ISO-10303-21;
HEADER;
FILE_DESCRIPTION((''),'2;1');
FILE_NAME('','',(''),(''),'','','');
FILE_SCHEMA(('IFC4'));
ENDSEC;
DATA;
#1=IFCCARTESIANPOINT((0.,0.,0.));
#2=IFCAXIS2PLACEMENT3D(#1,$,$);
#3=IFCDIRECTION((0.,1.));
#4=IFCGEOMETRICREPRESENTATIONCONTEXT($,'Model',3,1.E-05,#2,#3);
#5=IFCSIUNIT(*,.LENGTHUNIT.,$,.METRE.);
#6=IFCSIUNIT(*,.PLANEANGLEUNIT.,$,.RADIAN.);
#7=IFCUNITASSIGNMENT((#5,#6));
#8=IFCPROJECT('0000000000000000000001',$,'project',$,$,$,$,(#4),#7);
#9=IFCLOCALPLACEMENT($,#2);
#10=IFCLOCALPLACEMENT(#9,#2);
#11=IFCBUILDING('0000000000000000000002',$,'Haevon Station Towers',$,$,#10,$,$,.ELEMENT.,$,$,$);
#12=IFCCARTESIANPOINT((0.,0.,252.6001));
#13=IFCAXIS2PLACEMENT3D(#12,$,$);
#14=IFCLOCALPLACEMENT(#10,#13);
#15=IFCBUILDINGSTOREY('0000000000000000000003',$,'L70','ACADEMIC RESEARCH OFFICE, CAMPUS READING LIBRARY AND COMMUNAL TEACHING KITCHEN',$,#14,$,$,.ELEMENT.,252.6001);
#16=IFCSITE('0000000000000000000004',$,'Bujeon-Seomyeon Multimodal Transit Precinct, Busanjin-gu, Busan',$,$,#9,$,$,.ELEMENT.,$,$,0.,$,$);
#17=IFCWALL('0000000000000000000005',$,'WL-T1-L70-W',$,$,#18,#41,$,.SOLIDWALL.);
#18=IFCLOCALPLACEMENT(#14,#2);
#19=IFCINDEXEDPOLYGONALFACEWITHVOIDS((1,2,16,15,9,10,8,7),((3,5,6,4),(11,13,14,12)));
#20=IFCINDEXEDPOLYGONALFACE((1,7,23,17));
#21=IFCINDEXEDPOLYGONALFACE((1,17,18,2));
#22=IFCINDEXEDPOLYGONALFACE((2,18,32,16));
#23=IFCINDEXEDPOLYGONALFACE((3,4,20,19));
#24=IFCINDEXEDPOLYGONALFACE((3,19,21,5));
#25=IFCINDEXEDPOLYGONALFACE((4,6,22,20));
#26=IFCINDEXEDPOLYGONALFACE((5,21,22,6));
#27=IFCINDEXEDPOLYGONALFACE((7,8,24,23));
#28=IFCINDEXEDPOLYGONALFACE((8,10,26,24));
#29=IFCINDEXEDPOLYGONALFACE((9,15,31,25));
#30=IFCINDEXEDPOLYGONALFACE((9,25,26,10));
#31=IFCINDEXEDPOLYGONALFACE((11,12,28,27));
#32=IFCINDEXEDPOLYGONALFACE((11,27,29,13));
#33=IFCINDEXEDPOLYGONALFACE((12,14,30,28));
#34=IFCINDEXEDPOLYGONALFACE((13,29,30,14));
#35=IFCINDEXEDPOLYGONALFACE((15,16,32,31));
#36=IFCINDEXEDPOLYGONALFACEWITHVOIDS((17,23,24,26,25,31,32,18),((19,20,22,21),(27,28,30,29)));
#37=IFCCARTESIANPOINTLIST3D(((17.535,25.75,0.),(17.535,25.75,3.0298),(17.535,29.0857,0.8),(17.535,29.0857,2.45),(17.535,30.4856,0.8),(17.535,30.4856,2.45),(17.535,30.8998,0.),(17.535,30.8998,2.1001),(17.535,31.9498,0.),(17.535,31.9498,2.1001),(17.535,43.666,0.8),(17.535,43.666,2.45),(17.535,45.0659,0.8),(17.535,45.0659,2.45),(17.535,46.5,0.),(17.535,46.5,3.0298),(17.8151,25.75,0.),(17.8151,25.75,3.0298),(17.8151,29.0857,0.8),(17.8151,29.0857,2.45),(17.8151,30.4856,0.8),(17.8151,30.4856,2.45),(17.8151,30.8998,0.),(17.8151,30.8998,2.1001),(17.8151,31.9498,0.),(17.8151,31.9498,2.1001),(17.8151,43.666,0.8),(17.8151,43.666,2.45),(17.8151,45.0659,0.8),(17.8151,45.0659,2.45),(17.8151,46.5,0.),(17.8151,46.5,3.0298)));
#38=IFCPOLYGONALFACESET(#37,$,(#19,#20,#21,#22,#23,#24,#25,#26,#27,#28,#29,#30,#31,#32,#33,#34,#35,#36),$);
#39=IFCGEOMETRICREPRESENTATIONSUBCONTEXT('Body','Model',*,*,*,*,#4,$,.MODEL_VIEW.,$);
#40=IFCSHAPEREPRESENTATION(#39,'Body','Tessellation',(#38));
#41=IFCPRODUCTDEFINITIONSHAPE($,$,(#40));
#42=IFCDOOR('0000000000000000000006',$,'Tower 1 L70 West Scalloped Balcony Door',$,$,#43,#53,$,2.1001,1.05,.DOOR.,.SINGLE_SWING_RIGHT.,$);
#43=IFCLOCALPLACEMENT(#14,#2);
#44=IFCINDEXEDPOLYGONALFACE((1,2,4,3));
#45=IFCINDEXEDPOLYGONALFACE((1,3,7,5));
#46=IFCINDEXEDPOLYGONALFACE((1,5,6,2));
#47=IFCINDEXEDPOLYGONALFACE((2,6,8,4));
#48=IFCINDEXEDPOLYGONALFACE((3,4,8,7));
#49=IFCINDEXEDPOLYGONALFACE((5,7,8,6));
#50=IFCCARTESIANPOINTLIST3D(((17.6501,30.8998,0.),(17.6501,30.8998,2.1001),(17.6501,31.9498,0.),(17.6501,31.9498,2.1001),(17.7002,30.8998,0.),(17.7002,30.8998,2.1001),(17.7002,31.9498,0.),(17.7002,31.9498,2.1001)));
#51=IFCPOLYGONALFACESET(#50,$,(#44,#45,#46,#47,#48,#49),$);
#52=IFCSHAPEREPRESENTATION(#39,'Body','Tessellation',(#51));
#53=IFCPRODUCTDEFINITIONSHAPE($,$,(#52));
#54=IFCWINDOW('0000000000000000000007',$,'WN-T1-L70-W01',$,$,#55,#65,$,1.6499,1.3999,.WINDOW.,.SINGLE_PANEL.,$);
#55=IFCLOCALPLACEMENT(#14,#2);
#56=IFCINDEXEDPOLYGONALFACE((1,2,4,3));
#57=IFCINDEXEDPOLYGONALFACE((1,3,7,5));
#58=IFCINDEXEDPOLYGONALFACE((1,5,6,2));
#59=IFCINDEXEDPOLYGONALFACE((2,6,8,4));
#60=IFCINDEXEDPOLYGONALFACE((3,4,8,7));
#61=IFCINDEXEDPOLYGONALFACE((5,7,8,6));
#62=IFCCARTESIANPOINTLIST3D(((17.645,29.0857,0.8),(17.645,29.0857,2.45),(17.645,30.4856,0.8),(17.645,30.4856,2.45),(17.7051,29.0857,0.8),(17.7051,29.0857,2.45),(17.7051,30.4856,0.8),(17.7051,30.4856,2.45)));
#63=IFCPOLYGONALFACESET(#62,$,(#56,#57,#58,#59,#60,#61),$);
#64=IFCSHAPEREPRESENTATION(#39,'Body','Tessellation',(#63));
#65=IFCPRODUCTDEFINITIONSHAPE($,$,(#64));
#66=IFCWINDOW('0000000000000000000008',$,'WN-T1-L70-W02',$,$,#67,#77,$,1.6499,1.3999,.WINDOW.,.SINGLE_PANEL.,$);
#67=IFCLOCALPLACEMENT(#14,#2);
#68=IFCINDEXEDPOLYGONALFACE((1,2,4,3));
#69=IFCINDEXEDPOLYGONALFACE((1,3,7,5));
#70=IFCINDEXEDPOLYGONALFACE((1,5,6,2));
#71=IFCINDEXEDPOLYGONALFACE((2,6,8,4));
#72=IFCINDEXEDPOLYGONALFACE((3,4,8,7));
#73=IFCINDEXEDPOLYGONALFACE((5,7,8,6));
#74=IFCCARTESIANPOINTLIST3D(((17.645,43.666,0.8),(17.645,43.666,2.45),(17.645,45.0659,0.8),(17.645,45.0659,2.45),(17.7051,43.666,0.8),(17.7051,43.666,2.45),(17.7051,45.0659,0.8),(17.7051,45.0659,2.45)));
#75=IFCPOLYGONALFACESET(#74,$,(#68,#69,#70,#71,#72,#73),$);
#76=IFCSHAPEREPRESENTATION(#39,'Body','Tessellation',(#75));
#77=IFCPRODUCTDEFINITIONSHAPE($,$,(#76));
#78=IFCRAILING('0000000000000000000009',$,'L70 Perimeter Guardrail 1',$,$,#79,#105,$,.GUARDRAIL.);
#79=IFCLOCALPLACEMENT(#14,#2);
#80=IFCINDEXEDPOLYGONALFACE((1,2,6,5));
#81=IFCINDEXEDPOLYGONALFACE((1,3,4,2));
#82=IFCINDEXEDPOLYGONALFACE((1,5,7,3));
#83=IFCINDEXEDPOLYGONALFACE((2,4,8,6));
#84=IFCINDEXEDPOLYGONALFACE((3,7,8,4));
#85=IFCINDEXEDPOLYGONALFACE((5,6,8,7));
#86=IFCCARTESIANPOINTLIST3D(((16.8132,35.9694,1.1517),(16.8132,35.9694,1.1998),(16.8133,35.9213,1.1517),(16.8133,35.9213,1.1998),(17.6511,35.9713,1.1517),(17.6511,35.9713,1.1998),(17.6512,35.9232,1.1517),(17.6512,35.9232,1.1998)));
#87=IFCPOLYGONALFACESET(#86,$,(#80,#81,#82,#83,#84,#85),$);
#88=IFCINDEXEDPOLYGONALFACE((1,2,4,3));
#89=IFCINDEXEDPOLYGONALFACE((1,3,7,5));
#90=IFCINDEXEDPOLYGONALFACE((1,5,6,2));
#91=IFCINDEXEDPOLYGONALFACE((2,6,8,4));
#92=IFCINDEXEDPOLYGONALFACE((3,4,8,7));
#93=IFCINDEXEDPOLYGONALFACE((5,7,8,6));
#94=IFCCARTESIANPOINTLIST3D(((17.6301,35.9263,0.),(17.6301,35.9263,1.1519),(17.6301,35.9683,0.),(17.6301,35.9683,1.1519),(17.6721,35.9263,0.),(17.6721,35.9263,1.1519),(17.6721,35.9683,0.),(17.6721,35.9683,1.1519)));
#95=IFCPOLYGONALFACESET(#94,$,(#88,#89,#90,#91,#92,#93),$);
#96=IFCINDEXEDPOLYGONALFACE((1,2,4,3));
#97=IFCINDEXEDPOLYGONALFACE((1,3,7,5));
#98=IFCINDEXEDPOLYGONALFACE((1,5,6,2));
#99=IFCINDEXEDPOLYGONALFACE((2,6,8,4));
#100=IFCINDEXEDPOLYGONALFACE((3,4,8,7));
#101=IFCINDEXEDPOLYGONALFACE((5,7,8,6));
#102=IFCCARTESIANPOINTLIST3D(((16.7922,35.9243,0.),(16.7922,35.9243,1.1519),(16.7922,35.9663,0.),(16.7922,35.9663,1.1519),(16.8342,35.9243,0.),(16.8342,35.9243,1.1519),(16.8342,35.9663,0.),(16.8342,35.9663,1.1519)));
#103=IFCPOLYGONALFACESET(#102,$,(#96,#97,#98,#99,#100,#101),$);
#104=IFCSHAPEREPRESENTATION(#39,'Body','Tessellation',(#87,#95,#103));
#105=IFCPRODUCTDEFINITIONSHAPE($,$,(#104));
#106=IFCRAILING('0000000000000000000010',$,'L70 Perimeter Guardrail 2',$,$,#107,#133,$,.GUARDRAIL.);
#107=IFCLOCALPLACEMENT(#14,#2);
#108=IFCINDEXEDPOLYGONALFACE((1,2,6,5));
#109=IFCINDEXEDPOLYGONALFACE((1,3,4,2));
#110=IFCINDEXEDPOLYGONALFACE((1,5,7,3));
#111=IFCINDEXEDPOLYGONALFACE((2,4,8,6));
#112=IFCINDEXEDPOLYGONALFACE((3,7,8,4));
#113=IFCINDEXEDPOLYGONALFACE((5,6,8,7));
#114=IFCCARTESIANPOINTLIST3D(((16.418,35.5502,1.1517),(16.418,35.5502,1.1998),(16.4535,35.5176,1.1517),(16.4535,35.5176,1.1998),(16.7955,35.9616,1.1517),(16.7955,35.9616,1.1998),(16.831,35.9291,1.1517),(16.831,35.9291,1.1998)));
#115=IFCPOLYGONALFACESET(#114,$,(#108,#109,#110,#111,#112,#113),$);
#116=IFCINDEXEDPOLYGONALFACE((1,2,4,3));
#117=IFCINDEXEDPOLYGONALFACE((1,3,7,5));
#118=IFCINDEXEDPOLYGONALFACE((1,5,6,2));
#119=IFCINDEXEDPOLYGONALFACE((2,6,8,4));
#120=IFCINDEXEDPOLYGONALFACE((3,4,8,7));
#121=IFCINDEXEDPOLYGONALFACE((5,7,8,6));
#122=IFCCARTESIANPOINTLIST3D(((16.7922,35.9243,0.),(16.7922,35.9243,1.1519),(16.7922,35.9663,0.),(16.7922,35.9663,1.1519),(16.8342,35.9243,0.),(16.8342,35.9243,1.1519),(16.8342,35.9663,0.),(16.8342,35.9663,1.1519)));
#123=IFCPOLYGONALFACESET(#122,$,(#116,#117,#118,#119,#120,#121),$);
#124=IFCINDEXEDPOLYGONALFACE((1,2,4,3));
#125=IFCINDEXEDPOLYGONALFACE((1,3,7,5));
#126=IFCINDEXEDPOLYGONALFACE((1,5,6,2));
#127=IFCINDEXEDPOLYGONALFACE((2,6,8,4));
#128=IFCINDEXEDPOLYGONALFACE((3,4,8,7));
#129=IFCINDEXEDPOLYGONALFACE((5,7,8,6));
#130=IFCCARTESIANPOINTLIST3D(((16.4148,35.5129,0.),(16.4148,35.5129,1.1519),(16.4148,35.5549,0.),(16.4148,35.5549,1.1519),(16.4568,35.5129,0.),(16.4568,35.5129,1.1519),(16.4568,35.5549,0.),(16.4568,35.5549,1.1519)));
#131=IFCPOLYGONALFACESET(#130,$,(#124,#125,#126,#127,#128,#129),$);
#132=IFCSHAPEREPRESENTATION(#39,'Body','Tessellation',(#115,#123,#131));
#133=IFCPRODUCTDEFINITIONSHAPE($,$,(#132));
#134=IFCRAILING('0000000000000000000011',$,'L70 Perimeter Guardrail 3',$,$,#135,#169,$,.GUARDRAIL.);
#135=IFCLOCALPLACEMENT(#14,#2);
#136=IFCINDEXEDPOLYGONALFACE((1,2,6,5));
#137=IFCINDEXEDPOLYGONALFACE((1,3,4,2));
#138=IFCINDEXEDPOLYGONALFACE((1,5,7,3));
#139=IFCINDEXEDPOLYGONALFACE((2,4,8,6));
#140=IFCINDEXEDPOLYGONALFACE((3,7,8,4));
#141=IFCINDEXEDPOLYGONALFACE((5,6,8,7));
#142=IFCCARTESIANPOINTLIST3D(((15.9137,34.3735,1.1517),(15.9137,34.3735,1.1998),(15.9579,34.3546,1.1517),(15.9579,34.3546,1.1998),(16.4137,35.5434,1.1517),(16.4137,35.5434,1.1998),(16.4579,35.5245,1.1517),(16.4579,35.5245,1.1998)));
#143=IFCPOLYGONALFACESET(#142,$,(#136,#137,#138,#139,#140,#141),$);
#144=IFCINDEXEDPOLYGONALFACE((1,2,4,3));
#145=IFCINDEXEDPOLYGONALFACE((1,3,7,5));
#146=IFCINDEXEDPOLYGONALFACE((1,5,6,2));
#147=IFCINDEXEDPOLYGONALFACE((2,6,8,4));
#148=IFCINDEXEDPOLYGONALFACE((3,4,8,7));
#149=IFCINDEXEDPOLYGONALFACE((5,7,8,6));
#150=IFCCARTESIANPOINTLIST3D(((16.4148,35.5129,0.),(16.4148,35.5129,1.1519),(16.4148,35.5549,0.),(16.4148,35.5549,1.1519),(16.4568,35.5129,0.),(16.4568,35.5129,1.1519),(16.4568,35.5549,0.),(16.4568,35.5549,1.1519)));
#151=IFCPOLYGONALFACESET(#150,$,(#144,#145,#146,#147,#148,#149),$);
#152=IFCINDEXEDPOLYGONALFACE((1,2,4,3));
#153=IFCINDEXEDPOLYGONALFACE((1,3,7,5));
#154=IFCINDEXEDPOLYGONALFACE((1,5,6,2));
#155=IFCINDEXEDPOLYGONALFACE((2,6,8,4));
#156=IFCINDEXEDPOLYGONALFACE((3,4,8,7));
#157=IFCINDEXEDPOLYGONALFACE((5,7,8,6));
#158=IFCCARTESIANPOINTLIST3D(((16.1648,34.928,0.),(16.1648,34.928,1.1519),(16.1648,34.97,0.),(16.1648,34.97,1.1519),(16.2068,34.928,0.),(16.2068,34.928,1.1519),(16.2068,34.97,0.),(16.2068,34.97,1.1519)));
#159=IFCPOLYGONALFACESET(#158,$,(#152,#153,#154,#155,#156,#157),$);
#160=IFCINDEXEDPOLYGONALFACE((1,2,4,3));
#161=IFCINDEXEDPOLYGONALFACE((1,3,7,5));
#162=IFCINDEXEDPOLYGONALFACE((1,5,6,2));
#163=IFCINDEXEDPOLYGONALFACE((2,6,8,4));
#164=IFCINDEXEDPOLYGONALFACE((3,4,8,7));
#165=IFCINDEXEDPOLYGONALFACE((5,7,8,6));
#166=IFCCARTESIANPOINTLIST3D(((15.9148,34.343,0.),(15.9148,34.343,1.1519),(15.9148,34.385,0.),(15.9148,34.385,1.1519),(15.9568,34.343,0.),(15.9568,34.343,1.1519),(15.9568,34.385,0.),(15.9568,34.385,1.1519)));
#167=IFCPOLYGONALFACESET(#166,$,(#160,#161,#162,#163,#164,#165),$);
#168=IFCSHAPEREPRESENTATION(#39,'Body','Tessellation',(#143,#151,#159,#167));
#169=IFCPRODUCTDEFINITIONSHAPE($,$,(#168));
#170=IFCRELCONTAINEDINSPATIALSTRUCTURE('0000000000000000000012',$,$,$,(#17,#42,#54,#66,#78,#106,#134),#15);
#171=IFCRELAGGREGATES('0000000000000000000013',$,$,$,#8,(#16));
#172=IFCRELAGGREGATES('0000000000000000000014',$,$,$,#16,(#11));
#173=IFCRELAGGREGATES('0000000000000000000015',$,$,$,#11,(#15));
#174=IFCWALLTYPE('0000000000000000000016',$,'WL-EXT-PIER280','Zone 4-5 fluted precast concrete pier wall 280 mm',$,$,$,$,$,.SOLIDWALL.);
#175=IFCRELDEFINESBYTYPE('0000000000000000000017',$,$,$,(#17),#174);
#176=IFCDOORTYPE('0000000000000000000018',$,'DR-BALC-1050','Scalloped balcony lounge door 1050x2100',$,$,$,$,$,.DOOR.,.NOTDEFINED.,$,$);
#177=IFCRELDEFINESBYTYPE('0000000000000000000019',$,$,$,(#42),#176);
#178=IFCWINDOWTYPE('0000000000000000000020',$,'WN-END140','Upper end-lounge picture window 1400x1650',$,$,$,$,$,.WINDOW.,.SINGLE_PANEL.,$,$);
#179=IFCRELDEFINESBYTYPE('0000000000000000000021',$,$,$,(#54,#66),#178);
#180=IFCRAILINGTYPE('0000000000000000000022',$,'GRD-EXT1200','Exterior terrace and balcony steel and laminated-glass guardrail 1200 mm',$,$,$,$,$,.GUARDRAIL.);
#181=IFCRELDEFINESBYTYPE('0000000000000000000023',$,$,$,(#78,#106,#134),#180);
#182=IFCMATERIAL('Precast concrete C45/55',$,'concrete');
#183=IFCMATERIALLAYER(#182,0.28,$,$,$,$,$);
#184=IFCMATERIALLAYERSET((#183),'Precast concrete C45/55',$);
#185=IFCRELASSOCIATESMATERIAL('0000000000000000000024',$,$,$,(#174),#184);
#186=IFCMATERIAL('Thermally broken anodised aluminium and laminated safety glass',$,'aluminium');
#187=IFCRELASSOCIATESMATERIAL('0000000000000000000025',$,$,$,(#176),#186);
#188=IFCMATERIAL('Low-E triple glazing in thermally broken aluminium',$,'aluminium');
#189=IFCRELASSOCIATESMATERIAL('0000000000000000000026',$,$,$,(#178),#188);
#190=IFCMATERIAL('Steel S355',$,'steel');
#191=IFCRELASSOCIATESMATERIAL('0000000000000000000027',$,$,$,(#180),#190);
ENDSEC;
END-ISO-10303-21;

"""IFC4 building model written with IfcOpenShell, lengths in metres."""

from ifc_helpers import new_model, si_unit, direction, frame, frame_2d, origin, origin_2d, place, context, subcontext, project, spatial, rectangle, extrude, material, layer, layer_set, type_object, element, fill, save


model = new_model("IFC4")

# Units and contexts
model_context = context("Model", 3, precision=1e-05, world=origin(), true_north=direction((0.0, 1.0)))
body_context = subcontext(model_context, "Body", "Model", "MODEL_VIEW")
ifc_project = project(units=[si_unit("LENGTHUNIT", "METRE"), si_unit("PLANEANGLEUNIT", "RADIAN")], contexts=[model_context])

# Site, building, storey
site_placement = place(None, origin())
site = spatial("IfcSite", under=ifc_project, at=site_placement, Name="Bujeon-Seomyeon Multimodal Transit Precinct, Busanjin-gu, Busan", CompositionType="ELEMENT", RefElevation=0.0)
building_placement = place(site_placement, origin())
building = spatial("IfcBuilding", under=site, at=building_placement, Name="Haevon Station Towers", CompositionType="ELEMENT")
storey_placement = place(building_placement, frame((0.0, 0.0, 252.6001)))
storey = spatial("IfcBuildingStorey", under=building, at=storey_placement, Name="L70", Description="ACADEMIC RESEARCH OFFICE, CAMPUS READING LIBRARY AND COMMUNAL TEACHING KITCHEN", CompositionType="ELEMENT", Elevation=252.6001)

# Shared definitions
ifc_material_1 = material(Name="Steel S355", Category="steel")

# Shared definitions
ifc_material_2 = material(Name="Precast concrete C45/55", Category="concrete")
ifc_layer_1 = layer(ifc_material_2, 0.28)
ifc_layer_set_1 = layer_set([ifc_layer_1], Name="Precast concrete C45/55")
wall_type = type_object("IfcWallType", Name="WL-EXT-PIER280", Description="Zone 4-5 fluted precast concrete pier wall 280 mm", PredefinedType="SOLIDWALL", material=ifc_layer_set_1)

# Wall, openings, door, windows
wall_1_placement = place(storey_placement, frame((17.675, 25.75, 0.0), z_axis=(0.0, 0.0, 1.0), x_axis=(0.0, 1.0, 0.0)))
wall_1 = element("IfcWall", 1, at=wall_1_placement, inside=storey, type_object=wall_type, Name="WL-T1-L70-W", PredefinedType="SOLIDWALL", context=body_context, shape_type="SweptSolid", body=[
    extrude(rectangle(XDim=20.75, YDim=0.28, at=frame_2d((10.375, 0.0))), origin(), (0.0, 0.0, 1.0), 3.0298),
])
opening_1_placement = place(wall_1_placement, frame((5.1499, 0.0, 0.0)))
opening_1 = element("IfcOpeningElement", 2, at=opening_1_placement, cuts=wall_1, PredefinedType="OPENING", context=body_context, shape_type="SweptSolid", body=[
    extrude(rectangle(XDim=1.05, YDim=2.1001, at=frame_2d((0.5249, 1.05))), frame((0.0, 0.1499, 0.0), z_axis=(0.0, -1.0, 0.0), x_axis=(1.0, 0.0, 0.0)), (0.0, 0.0, 1.0), 0.3),
])
opening_2_placement = place(wall_1_placement, frame((3.3357, 0.0, 0.8)))
opening_2 = element("IfcOpeningElement", 3, at=opening_2_placement, cuts=wall_1, PredefinedType="OPENING", context=body_context, shape_type="SweptSolid", body=[
    extrude(rectangle(XDim=1.3999, YDim=1.6499, at=frame_2d((0.7, 0.825))), frame((0.0, 0.1499, 0.0), z_axis=(0.0, -1.0, 0.0), x_axis=(1.0, 0.0, 0.0)), (0.0, 0.0, 1.0), 0.3),
])
opening_3_placement = place(wall_1_placement, frame((17.916, 0.0, 0.8)))
opening_3 = element("IfcOpeningElement", 4, at=opening_3_placement, cuts=wall_1, PredefinedType="OPENING", context=body_context, shape_type="SweptSolid", body=[
    extrude(rectangle(XDim=1.3999, YDim=1.6499, at=frame_2d((0.7, 0.825))), frame((0.0, 0.1499, 0.0), z_axis=(0.0, -1.0, 0.0), x_axis=(1.0, 0.0, 0.0)), (0.0, 0.0, 1.0), 0.3),
])
ifc_material_3 = material(Name="Thermally broken anodised aluminium and laminated safety glass", Category="aluminium")
door_type = type_object("IfcDoorType", Name="DR-BALC-1050", Description="Scalloped balcony lounge door 1050x2100", OperationType="NOTDEFINED", PredefinedType="DOOR", material=ifc_material_3)
door_placement = place(opening_1_placement, origin())
door = element("IfcDoor", 5, at=door_placement, inside=storey, type_object=door_type, Name="Tower 1 L70 West Scalloped Balcony Door", OperationType="SINGLE_SWING_RIGHT", OverallHeight=2.1001, OverallWidth=1.05, PredefinedType="DOOR", context=body_context, shape_type="SweptSolid", body=[
    extrude(rectangle(XDim=1.05, YDim=2.1001, at=frame_2d((0.5249, 1.05))), frame((0.0, 0.0249, 0.0), z_axis=(0.0, -1.0, 0.0), x_axis=(1.0, 0.0, 0.0)), (0.0, 0.0, 1.0), 0.05),
])
fill(opening_1, door)
ifc_material_4 = material(Name="Low-E triple glazing in thermally broken aluminium", Category="aluminium")
window_type = type_object("IfcWindowType", Name="WN-END140", Description="Upper end-lounge picture window 1400x1650", PartitioningType="SINGLE_PANEL", PredefinedType="WINDOW", material=ifc_material_4)
window_1_placement = place(opening_2_placement, origin())
window_1 = element("IfcWindow", 6, at=window_1_placement, inside=storey, type_object=window_type, Name="WN-T1-L70-W01", OverallHeight=1.6499, OverallWidth=1.3999, PartitioningType="SINGLE_PANEL", PredefinedType="WINDOW", context=body_context, shape_type="SweptSolid", body=[
    extrude(rectangle(XDim=1.3999, YDim=1.6499, at=frame_2d((0.7, 0.825))), frame((0.0, 0.03, 0.0), z_axis=(0.0, -1.0, 0.0), x_axis=(1.0, 0.0, 0.0)), (0.0, 0.0, 1.0), 0.0601),
])
fill(opening_2, window_1)
window_2_placement = place(opening_3_placement, origin())
window_2 = element("IfcWindow", 7, at=window_2_placement, inside=storey, type_object=window_type, Name="WN-T1-L70-W02", OverallHeight=1.6499, OverallWidth=1.3999, PartitioningType="SINGLE_PANEL", PredefinedType="WINDOW", context=body_context, shape_type="SweptSolid", body=[
    extrude(rectangle(XDim=1.3999, YDim=1.6499, at=frame_2d((0.7, 0.825))), frame((0.0, 0.03, 0.0), z_axis=(0.0, -1.0, 0.0), x_axis=(1.0, 0.0, 0.0)), (0.0, 0.0, 1.0), 0.0601),
])
fill(opening_3, window_2)

# Railings
railing_type = type_object("IfcRailingType", Name="GRD-EXT1200", Description="Exterior terrace and balcony steel and laminated-glass guardrail 1200 mm", PredefinedType="GUARDRAIL", material=ifc_material_1)
railing_1_placement = place(storey_placement, frame((17.6511, 35.9473, 0.0)))
element("IfcRailing", 8, at=railing_1_placement, inside=storey, type_object=railing_type, Name="L70 Perimeter Guardrail 1", PredefinedType="GUARDRAIL", context=body_context, shape_type="SweptSolid", body=[
    extrude(rectangle(XDim=0.0481, YDim=0.0481, at=origin_2d()), frame((0.0, 0.0, 1.1758), z_axis=(-0.999997, -0.002331, 0.0), x_axis=(0.002331, -0.999997, 0.0)), (0.0, 0.0, 1.0), 0.8379),
    extrude(rectangle(XDim=0.042, YDim=0.042, at=origin_2d()), origin(), (0.0, 0.0, 1.0), 1.1519),
    extrude(rectangle(XDim=0.042, YDim=0.042, at=origin_2d()), frame((-0.8379, -0.002, 0.0)), (0.0, 0.0, 1.0), 1.1519),
])
railing_2_placement = place(storey_placement, frame((16.8132, 35.9453, 0.0)))
element("IfcRailing", 9, at=railing_2_placement, inside=storey, type_object=railing_type, Name="L70 Perimeter Guardrail 2", PredefinedType="GUARDRAIL", context=body_context, shape_type="SweptSolid", body=[
    extrude(rectangle(XDim=0.0481, YDim=0.0481, at=origin_2d()), frame((0.0, 0.0, 1.1758), z_axis=(-0.676061, -0.736845, 0.0), x_axis=(0.736845, -0.676061, 0.0)), (0.0, 0.0, 1.0), 0.5583),
    extrude(rectangle(XDim=0.042, YDim=0.042, at=origin_2d()), origin(), (0.0, 0.0, 1.0), 1.1519),
    extrude(rectangle(XDim=0.042, YDim=0.042, at=origin_2d()), frame((-0.3774, -0.4114, 0.0)), (0.0, 0.0, 1.0), 1.1519),
])
railing_3_placement = place(storey_placement, frame((16.4358, 35.5339, 0.0)))
element("IfcRailing", 10, at=railing_3_placement, inside=storey, type_object=railing_type, Name="L70 Perimeter Guardrail 3", PredefinedType="GUARDRAIL", context=body_context, shape_type="SweptSolid", body=[
    extrude(rectangle(XDim=0.0481, YDim=0.0481, at=origin_2d()), frame((0.0, 0.0, 1.1758), z_axis=(-0.392993, -0.919542, 0.0), x_axis=(0.919542, -0.392993, 0.0)), (0.0, 0.0, 1.0), 1.2722),
    extrude(rectangle(XDim=0.042, YDim=0.042, at=origin_2d()), origin(), (0.0, 0.0, 1.0), 1.1519),
    extrude(rectangle(XDim=0.042, YDim=0.042, at=origin_2d()), frame((-0.25, -0.585, 0.0)), (0.0, 0.0, 1.0), 1.1519),
    extrude(rectangle(XDim=0.042, YDim=0.042, at=origin_2d()), frame((-0.5, -1.1699, 0.0)), (0.0, 0.0, 1.0), 1.1519),
])

save(model, "model.ifc")
